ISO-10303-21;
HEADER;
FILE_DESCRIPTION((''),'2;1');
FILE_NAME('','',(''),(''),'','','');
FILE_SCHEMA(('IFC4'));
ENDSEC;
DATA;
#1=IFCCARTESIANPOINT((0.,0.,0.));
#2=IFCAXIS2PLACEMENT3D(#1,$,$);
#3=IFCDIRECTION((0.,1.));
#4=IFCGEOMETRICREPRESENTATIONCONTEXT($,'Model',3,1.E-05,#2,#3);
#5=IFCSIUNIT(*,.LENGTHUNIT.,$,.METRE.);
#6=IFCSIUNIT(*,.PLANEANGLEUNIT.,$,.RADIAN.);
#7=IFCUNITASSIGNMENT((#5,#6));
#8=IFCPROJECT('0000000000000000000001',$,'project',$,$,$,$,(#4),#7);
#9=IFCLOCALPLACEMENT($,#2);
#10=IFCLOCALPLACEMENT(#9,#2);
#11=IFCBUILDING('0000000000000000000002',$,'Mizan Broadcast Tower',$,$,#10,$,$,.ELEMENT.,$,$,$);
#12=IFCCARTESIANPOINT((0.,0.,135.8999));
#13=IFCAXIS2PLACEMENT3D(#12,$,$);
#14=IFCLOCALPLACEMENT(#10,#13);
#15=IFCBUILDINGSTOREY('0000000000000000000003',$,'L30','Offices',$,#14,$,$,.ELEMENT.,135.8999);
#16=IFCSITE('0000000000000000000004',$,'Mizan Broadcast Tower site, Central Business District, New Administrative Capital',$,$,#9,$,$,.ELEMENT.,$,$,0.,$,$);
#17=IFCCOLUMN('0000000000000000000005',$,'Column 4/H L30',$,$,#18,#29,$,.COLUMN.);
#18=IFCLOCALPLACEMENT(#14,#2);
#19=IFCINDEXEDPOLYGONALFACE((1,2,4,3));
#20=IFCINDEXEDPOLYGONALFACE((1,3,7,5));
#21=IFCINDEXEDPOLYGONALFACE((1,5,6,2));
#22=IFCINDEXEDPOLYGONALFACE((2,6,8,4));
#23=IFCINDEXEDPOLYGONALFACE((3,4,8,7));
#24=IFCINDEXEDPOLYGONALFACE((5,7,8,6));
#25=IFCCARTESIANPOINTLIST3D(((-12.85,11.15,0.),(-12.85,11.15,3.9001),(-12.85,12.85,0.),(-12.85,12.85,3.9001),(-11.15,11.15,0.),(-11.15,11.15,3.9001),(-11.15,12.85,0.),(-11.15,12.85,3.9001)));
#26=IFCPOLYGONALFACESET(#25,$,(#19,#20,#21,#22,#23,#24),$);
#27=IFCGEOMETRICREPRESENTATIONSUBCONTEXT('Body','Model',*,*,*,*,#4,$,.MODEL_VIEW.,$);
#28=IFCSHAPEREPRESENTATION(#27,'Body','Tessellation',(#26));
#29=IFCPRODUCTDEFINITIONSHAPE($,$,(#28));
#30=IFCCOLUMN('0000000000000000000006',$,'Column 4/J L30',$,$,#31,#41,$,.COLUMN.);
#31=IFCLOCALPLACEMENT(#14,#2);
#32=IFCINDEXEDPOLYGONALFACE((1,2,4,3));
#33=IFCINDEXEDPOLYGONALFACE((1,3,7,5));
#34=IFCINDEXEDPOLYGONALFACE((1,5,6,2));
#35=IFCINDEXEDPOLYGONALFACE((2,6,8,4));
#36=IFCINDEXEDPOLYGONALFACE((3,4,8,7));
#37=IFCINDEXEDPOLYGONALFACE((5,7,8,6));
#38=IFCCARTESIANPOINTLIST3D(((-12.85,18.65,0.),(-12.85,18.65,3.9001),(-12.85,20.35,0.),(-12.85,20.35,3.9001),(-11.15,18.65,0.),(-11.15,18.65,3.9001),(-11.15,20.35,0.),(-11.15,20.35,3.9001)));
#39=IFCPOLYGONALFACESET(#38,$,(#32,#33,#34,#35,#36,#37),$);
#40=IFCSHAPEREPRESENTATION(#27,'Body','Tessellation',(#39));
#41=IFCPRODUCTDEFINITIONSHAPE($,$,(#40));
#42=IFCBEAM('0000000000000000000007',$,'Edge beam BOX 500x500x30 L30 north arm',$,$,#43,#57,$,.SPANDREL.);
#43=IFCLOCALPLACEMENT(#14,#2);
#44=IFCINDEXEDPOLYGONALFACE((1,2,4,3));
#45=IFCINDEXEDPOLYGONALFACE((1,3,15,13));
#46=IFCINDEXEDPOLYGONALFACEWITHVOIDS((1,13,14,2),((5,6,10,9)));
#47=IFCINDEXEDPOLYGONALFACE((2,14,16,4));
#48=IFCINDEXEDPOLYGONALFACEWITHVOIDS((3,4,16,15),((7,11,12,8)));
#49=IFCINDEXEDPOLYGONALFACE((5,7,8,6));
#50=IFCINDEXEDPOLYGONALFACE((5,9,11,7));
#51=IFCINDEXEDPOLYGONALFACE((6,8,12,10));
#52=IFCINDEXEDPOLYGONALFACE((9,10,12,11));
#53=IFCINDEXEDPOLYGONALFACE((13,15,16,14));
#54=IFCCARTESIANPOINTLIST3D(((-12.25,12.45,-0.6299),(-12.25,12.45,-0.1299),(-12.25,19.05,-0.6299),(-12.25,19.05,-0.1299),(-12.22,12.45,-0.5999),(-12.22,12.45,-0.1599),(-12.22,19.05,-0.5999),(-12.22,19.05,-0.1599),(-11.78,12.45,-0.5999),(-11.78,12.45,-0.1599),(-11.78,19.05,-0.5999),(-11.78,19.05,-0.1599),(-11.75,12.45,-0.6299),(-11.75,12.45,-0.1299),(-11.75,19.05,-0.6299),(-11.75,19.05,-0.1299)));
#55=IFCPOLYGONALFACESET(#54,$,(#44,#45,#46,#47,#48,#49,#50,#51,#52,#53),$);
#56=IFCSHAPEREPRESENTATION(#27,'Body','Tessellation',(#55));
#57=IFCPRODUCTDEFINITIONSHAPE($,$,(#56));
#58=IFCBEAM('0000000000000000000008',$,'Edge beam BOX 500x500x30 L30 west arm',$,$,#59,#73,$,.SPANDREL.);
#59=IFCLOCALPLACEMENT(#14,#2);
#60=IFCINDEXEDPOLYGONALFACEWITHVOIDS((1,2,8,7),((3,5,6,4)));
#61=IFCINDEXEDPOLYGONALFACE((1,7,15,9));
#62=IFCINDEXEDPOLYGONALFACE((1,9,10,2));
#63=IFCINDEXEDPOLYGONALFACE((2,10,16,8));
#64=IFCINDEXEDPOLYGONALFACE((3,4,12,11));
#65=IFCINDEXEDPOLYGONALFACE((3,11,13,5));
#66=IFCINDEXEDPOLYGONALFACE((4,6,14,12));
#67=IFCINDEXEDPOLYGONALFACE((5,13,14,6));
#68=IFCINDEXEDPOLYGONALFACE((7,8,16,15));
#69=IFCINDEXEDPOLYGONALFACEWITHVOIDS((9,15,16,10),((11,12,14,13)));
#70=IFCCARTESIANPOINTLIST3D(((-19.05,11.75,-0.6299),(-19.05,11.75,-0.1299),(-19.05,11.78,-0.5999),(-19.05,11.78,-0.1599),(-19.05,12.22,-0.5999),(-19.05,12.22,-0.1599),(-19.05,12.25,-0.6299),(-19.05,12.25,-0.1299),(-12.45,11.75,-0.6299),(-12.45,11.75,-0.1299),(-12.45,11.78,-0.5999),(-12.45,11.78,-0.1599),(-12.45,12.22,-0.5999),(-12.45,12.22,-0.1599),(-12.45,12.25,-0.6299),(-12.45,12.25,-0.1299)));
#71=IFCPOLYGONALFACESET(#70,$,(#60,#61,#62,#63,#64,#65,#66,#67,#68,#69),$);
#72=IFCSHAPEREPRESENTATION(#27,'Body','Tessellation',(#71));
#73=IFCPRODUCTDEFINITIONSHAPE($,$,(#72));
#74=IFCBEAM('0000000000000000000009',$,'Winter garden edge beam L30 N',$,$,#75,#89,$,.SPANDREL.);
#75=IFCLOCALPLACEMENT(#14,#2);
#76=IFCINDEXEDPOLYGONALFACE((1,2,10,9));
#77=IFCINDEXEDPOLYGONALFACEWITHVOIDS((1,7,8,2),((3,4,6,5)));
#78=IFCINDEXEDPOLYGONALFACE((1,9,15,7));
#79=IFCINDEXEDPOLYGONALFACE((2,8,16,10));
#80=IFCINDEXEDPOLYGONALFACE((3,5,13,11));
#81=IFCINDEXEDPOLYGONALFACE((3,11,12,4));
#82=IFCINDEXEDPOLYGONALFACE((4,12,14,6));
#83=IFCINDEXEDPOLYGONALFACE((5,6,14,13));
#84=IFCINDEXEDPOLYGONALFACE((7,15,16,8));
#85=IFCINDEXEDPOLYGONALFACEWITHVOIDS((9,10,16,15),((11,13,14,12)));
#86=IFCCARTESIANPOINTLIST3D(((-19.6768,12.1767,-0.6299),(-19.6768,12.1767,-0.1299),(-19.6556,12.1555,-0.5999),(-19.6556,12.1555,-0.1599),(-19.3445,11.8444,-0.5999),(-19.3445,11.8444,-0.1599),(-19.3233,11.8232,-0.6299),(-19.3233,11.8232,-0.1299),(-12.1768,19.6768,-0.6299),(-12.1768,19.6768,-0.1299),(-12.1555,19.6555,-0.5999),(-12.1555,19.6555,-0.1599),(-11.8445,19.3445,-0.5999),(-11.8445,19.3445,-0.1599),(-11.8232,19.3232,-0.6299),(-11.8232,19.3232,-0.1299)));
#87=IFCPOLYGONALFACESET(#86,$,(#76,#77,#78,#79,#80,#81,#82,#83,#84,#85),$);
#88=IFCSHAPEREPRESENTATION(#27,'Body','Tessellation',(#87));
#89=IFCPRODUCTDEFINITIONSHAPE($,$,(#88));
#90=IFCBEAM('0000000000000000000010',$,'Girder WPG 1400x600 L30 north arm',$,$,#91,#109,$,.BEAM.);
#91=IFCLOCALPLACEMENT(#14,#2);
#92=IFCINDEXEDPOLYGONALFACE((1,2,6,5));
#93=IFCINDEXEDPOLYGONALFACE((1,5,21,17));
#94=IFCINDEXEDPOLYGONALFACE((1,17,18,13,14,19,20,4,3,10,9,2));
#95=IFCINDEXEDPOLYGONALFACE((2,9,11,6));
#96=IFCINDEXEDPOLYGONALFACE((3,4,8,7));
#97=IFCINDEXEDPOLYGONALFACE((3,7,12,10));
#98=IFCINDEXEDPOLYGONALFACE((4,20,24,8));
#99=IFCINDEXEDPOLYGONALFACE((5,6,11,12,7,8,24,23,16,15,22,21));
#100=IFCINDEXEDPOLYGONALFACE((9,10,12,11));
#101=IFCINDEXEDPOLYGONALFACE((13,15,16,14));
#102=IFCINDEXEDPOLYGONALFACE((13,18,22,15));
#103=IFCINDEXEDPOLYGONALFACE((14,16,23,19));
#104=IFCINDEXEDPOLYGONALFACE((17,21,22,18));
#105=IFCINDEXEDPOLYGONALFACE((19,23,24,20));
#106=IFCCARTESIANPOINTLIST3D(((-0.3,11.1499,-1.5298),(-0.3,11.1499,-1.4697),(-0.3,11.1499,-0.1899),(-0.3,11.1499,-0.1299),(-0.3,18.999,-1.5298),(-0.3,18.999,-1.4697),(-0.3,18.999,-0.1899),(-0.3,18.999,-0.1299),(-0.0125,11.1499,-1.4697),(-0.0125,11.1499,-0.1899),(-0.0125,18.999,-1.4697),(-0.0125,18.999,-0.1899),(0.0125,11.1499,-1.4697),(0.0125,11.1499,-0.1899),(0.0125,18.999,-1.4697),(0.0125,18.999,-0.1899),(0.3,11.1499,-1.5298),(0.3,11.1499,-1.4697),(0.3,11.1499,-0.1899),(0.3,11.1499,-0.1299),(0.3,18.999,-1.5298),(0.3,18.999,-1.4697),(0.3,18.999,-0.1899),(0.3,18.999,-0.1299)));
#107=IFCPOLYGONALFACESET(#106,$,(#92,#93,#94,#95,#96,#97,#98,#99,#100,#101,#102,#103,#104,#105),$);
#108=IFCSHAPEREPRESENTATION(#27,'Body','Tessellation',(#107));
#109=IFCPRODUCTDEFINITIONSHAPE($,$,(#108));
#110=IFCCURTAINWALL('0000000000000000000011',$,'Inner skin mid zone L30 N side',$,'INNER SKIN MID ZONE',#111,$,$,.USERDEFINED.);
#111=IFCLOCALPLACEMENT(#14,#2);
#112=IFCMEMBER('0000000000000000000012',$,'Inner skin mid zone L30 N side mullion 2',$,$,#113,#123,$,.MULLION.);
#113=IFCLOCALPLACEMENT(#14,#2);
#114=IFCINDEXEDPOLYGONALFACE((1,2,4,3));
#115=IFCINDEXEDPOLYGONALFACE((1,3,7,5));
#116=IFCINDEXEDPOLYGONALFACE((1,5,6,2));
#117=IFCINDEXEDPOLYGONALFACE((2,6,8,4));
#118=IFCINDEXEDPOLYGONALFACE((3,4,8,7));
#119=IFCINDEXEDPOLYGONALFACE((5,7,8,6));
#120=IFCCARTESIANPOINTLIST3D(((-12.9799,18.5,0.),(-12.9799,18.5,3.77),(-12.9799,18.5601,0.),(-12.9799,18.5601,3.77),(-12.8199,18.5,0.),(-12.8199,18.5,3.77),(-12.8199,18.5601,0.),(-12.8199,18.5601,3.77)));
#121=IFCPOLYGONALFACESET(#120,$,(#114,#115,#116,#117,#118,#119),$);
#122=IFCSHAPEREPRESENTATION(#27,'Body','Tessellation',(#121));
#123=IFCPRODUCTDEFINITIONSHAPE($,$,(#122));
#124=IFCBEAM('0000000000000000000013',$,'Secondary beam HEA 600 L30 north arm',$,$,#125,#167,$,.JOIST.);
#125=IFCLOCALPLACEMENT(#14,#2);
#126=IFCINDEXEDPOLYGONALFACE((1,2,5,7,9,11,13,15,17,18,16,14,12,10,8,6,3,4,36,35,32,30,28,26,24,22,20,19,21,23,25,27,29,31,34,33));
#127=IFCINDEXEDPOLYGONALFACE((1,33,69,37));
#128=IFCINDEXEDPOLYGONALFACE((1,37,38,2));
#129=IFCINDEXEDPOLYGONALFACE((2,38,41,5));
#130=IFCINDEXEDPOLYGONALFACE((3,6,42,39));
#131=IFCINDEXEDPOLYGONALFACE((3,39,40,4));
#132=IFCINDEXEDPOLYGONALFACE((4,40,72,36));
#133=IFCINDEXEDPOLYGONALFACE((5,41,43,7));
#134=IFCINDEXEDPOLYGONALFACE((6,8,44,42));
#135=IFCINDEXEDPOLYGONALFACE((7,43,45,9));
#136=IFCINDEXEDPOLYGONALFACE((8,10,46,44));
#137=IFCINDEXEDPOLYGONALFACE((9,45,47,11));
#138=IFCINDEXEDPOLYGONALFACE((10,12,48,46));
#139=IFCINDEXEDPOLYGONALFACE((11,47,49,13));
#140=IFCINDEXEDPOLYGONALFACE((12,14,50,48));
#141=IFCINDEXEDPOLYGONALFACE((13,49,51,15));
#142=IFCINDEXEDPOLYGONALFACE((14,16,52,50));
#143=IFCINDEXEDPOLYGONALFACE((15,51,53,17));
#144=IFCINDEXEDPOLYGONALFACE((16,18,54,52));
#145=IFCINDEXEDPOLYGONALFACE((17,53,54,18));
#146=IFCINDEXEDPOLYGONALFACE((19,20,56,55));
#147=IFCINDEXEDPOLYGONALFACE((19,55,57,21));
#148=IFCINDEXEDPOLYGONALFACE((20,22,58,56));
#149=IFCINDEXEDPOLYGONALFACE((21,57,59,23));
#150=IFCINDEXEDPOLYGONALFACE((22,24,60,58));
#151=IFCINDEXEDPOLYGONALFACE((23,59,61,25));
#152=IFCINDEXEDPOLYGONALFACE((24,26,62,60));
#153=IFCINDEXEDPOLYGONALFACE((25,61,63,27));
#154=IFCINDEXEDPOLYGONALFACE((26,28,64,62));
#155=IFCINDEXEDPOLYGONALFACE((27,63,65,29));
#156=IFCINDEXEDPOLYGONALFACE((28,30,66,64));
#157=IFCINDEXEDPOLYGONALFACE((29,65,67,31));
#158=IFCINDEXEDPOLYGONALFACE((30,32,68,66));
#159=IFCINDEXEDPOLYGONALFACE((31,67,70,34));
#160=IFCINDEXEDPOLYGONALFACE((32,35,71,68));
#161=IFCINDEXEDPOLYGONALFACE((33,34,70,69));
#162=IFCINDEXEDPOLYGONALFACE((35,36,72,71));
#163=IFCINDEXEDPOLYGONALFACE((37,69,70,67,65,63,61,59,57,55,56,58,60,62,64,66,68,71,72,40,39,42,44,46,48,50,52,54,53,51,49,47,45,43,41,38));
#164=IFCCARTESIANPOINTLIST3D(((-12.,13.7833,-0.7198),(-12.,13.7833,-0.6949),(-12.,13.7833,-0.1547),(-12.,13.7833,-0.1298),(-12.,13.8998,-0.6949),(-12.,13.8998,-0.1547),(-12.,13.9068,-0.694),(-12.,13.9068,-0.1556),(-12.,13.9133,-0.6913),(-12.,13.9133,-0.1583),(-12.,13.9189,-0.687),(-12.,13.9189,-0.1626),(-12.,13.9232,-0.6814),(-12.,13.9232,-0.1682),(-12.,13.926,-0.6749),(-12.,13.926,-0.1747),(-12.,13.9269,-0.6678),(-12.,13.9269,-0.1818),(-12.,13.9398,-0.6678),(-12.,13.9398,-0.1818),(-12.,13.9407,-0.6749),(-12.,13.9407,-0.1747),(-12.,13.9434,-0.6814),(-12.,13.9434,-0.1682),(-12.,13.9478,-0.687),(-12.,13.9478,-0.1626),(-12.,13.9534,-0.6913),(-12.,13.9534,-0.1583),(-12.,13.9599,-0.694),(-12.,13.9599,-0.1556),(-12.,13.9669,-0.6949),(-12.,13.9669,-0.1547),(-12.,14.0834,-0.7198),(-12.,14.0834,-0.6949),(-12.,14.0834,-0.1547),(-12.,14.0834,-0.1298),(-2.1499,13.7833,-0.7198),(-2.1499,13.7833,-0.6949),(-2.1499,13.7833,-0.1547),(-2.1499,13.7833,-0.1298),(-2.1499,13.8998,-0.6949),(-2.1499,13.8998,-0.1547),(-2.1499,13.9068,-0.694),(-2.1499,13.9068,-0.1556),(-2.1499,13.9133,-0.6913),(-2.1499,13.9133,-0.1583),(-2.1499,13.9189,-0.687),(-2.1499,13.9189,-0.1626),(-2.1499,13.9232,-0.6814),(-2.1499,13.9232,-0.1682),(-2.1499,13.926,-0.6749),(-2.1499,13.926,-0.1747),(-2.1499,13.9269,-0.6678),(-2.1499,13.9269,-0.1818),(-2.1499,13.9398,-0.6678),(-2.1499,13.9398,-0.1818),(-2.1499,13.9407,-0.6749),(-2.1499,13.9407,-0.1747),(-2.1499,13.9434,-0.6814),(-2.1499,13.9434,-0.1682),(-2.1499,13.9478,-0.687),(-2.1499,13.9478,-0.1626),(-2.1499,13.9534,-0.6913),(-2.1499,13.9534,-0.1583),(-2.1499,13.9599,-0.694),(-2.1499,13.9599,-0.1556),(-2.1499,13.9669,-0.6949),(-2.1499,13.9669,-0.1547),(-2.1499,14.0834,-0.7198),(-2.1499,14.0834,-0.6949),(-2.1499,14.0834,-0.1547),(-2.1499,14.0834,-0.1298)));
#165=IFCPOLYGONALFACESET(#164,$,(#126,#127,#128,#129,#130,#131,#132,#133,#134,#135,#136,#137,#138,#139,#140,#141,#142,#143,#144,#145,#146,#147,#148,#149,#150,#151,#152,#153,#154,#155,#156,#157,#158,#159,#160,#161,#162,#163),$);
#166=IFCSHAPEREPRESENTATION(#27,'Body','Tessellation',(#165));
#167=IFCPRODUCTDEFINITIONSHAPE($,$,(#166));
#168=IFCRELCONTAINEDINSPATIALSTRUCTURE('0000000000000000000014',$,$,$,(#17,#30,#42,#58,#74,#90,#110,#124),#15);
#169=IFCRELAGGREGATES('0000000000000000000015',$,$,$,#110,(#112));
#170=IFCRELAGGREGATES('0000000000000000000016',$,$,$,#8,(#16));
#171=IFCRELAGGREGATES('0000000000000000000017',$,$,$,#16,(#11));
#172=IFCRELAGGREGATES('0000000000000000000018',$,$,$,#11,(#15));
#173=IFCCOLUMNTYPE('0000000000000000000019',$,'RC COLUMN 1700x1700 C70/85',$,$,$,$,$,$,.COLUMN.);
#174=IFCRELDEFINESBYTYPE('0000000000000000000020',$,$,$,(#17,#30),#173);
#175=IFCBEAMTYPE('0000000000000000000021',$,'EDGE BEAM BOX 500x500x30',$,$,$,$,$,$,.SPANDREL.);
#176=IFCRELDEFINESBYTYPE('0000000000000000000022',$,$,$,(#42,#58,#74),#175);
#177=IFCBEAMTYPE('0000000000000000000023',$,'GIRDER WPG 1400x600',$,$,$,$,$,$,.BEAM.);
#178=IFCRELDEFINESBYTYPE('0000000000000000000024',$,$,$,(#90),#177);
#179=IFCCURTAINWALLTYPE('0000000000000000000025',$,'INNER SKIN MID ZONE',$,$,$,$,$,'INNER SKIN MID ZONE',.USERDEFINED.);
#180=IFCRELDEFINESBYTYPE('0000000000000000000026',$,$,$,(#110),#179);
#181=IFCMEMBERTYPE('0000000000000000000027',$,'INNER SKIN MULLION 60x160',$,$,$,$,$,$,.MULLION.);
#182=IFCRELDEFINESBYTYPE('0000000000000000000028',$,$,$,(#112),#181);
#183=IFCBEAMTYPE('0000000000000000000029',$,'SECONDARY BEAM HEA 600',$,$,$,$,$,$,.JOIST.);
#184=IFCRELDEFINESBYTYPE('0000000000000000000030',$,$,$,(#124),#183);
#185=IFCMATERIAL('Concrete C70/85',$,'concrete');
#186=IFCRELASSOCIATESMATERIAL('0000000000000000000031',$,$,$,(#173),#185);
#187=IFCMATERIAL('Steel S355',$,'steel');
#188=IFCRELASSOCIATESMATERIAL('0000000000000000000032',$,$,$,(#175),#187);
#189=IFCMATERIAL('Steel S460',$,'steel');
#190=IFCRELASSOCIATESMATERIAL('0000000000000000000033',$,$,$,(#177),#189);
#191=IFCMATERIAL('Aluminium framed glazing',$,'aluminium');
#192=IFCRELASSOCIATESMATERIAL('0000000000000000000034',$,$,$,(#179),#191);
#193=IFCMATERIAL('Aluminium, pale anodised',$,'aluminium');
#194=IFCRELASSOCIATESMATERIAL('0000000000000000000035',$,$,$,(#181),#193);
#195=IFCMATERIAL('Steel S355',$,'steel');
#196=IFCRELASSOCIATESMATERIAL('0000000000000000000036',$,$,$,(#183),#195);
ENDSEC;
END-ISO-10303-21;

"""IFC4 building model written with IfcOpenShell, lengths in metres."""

from ifc_helpers import new_model, si_unit, direction, frame, origin, origin_2d, place, context, subcontext, project, spatial, rectangle, hollow_rectangle, i_section, extrude, material, material_profile, profile_set, type_object, element, aggregate, save


model = new_model("IFC4")

# Units and contexts
model_context = context("Model", 3, precision=1e-05, world=origin(), true_north=direction((0.0, 1.0)))
body_context = subcontext(model_context, "Body", "Model", "MODEL_VIEW")
ifc_project = project(units=[si_unit("LENGTHUNIT", "METRE"), si_unit("PLANEANGLEUNIT", "RADIAN")], contexts=[model_context])

# Site, building, storey
site_placement = place(None, origin())
site = spatial("IfcSite", under=ifc_project, at=site_placement, Name="Mizan Broadcast Tower site, Central Business District, New Administrative Capital", CompositionType="ELEMENT", RefElevation=0.0)
building_placement = place(site_placement, origin())
building = spatial("IfcBuilding", under=site, at=building_placement, Name="Mizan Broadcast Tower", CompositionType="ELEMENT")
storey_placement = place(building_placement, frame((0.0, 0.0, 135.8999)))
storey = spatial("IfcBuildingStorey", under=building, at=storey_placement, Name="L30", Description="Offices", CompositionType="ELEMENT", Elevation=135.8999)

# Columns
ifc_material_1 = material(Name="Concrete C70/85", Category="concrete")
ifc_material_profile_1 = material_profile(ifc_material_1, rectangle(XDim=1.7, YDim=1.7, at=origin_2d()), Name="RC 1700x1700")
ifc_profile_set_1 = profile_set([ifc_material_profile_1], Name="Concrete C70/85")
column_type = type_object("IfcColumnType", Name="RC COLUMN 1700x1700 C70/85", PredefinedType="COLUMN", material=ifc_profile_set_1)
for number, where, z_axis, x_axis, name in (
    (1, (-12.0, 12.0, 0.0), (0.0, 0.0, 1.0), (1.0, 0.0, 0.0), "Column 4/H L30"),
    (2, (-12.0, 19.5, 0.0), (0.0, 0.0, 1.0), (1.0, 0.0, 0.0), "Column 4/J L30"),
):
    element("IfcColumn", number, at=place(storey_placement, frame(where, z_axis=z_axis, x_axis=x_axis)), inside=storey, type_object=column_type, Name=name, PredefinedType="COLUMN", context=body_context, shape_type="SweptSolid", body=[
        extrude(rectangle(XDim=1.7, YDim=1.7, at=origin_2d()), origin(), (0.0, 0.0, 1.0), 3.9001),
    ])

# Beams
ifc_material_2 = material(Name="Steel S355", Category="steel")
ifc_material_profile_2 = material_profile(ifc_material_2, hollow_rectangle(XDim=0.5, YDim=0.5, WallThickness=0.03, at=origin_2d()), Name="BOX 500x500x30")
ifc_profile_set_2 = profile_set([ifc_material_profile_2], Name="Steel S355")
beam_type_1 = type_object("IfcBeamType", Name="EDGE BEAM BOX 500x500x30", PredefinedType="SPANDREL", material=ifc_profile_set_2)
for number, where, z_axis, x_axis, name in (
    (3, (-12.0, 12.45, -0.3799), (0.0, 1.0, 0.0), (-1.0, 0.0, 0.0), "Edge beam BOX 500x500x30 L30 north arm"),
    (4, (-12.45, 12.0, -0.3799), (-1.0, 0.0, 0.0), (0.0, -1.0, 0.0), "Edge beam BOX 500x500x30 L30 west arm"),
):
    element("IfcBeam", number, at=place(storey_placement, frame(where, z_axis=z_axis, x_axis=x_axis)), inside=storey, type_object=beam_type_1, Name=name, PredefinedType="SPANDREL", context=body_context, shape_type="SweptSolid", body=[
        extrude(hollow_rectangle(XDim=0.5, YDim=0.5, WallThickness=0.03, at=origin_2d()), origin(), (0.0, 0.0, 1.0), 6.6001),
    ])
beam_1_placement = place(storey_placement, frame((-12.0, 19.5, -0.3799), z_axis=(-0.707107, -0.707107, 0.0), x_axis=(0.707107, -0.707107, 0.0)))
element("IfcBeam", 5, at=beam_1_placement, inside=storey, type_object=beam_type_1, Name="Winter garden edge beam L30 N", PredefinedType="SPANDREL", context=body_context, shape_type="SweptSolid", body=[
    extrude(hollow_rectangle(XDim=0.5, YDim=0.5, WallThickness=0.03, at=origin_2d()), origin(), (0.0, 0.0, 1.0), 10.6067),
])
ifc_material_3 = material(Name="Steel S460", Category="steel")
ifc_material_profile_3 = material_profile(ifc_material_3, i_section(OverallWidth=0.6001, OverallDepth=1.3999, WebThickness=0.0249, FlangeThickness=0.0601, at=origin_2d()), Name="WPG 1400x600")
ifc_profile_set_3 = profile_set([ifc_material_profile_3], Name="Steel S460")
beam_type_2 = type_object("IfcBeamType", Name="GIRDER WPG 1400x600", PredefinedType="BEAM", material=ifc_profile_set_3)
beam_2_placement = place(storey_placement, frame((0.0, 11.1499, -0.8298), z_axis=(0.0, 1.0, 0.0), x_axis=(-1.0, 0.0, 0.0)))
element("IfcBeam", 6, at=beam_2_placement, inside=storey, type_object=beam_type_2, Name="Girder WPG 1400x600 L30 north arm", PredefinedType="BEAM", context=body_context, shape_type="SweptSolid", body=[
    extrude(i_section(OverallWidth=0.6001, OverallDepth=1.3999, WebThickness=0.0249, FlangeThickness=0.0601, at=origin_2d()), origin(), (0.0, 0.0, 1.0), 7.8491),
])

# Curtain wall, member
ifc_material_4 = material(Name="Aluminium framed glazing", Category="aluminium")
curtain_wall_type = type_object("IfcCurtainWallType", Name="INNER SKIN MID ZONE", ElementType="INNER SKIN MID ZONE", PredefinedType="USERDEFINED", material=ifc_material_4)
curtain_wall_placement = place(storey_placement, origin())
curtain_wall = element("IfcCurtainWall", 7, at=curtain_wall_placement, inside=storey, type_object=curtain_wall_type, Name="Inner skin mid zone L30 N side", ObjectType="INNER SKIN MID ZONE", PredefinedType="USERDEFINED")
ifc_material_5 = material(Name="Aluminium, pale anodised", Category="aluminium")
ifc_material_profile_4 = material_profile(ifc_material_5, rectangle(XDim=0.1599, YDim=0.0601, at=origin_2d()), Name="MULLION 160x60")
ifc_profile_set_4 = profile_set([ifc_material_profile_4], Name="Aluminium, pale anodised")
member_type = type_object("IfcMemberType", Name="INNER SKIN MULLION 60x160", PredefinedType="MULLION", material=ifc_profile_set_4)
member_placement = place(storey_placement, frame((-12.8999, 18.53, 0.0), z_axis=(0.0, 0.0, 1.0), x_axis=(1.0, 0.0, 0.0)))
member = element("IfcMember", 8, at=member_placement, type_object=member_type, Name="Inner skin mid zone L30 N side mullion 2", PredefinedType="MULLION", context=body_context, shape_type="SweptSolid", body=[
    extrude(rectangle(XDim=0.1599, YDim=0.0601, at=origin_2d()), origin(), (0.0, 0.0, 1.0), 3.77),
])
aggregate(curtain_wall, [member])

# Beam
ifc_material_6 = material(Name="Steel S355", Category="steel")
ifc_material_profile_5 = material_profile(ifc_material_6, i_section(OverallWidth=0.3, OverallDepth=0.5901, WebThickness=0.0129, FlangeThickness=0.0249, FilletRadius=0.0271, at=origin_2d()), Name="HEA 600")
ifc_profile_set_5 = profile_set([ifc_material_profile_5], Name="Steel S355")
beam_type_3 = type_object("IfcBeamType", Name="SECONDARY BEAM HEA 600", PredefinedType="JOIST", material=ifc_profile_set_5)
for number, where, z_axis, x_axis, name in (
    (9, (-12.0, 13.9333, -0.4248), (1.0, 0.0, 0.0), (0.0, 1.0, 0.0), "Secondary beam HEA 600 L30 north arm"),
):
    element("IfcBeam", number, at=place(storey_placement, frame(where, z_axis=z_axis, x_axis=x_axis)), inside=storey, type_object=beam_type_3, Name=name, PredefinedType="JOIST", context=body_context, shape_type="SweptSolid", body=[
        extrude(i_section(OverallWidth=0.3, OverallDepth=0.5901, WebThickness=0.0129, FlangeThickness=0.0249, FilletRadius=0.0271, at=origin_2d()), origin(), (0.0, 0.0, 1.0), 9.8501),
    ])

save(model, "model.ifc")
